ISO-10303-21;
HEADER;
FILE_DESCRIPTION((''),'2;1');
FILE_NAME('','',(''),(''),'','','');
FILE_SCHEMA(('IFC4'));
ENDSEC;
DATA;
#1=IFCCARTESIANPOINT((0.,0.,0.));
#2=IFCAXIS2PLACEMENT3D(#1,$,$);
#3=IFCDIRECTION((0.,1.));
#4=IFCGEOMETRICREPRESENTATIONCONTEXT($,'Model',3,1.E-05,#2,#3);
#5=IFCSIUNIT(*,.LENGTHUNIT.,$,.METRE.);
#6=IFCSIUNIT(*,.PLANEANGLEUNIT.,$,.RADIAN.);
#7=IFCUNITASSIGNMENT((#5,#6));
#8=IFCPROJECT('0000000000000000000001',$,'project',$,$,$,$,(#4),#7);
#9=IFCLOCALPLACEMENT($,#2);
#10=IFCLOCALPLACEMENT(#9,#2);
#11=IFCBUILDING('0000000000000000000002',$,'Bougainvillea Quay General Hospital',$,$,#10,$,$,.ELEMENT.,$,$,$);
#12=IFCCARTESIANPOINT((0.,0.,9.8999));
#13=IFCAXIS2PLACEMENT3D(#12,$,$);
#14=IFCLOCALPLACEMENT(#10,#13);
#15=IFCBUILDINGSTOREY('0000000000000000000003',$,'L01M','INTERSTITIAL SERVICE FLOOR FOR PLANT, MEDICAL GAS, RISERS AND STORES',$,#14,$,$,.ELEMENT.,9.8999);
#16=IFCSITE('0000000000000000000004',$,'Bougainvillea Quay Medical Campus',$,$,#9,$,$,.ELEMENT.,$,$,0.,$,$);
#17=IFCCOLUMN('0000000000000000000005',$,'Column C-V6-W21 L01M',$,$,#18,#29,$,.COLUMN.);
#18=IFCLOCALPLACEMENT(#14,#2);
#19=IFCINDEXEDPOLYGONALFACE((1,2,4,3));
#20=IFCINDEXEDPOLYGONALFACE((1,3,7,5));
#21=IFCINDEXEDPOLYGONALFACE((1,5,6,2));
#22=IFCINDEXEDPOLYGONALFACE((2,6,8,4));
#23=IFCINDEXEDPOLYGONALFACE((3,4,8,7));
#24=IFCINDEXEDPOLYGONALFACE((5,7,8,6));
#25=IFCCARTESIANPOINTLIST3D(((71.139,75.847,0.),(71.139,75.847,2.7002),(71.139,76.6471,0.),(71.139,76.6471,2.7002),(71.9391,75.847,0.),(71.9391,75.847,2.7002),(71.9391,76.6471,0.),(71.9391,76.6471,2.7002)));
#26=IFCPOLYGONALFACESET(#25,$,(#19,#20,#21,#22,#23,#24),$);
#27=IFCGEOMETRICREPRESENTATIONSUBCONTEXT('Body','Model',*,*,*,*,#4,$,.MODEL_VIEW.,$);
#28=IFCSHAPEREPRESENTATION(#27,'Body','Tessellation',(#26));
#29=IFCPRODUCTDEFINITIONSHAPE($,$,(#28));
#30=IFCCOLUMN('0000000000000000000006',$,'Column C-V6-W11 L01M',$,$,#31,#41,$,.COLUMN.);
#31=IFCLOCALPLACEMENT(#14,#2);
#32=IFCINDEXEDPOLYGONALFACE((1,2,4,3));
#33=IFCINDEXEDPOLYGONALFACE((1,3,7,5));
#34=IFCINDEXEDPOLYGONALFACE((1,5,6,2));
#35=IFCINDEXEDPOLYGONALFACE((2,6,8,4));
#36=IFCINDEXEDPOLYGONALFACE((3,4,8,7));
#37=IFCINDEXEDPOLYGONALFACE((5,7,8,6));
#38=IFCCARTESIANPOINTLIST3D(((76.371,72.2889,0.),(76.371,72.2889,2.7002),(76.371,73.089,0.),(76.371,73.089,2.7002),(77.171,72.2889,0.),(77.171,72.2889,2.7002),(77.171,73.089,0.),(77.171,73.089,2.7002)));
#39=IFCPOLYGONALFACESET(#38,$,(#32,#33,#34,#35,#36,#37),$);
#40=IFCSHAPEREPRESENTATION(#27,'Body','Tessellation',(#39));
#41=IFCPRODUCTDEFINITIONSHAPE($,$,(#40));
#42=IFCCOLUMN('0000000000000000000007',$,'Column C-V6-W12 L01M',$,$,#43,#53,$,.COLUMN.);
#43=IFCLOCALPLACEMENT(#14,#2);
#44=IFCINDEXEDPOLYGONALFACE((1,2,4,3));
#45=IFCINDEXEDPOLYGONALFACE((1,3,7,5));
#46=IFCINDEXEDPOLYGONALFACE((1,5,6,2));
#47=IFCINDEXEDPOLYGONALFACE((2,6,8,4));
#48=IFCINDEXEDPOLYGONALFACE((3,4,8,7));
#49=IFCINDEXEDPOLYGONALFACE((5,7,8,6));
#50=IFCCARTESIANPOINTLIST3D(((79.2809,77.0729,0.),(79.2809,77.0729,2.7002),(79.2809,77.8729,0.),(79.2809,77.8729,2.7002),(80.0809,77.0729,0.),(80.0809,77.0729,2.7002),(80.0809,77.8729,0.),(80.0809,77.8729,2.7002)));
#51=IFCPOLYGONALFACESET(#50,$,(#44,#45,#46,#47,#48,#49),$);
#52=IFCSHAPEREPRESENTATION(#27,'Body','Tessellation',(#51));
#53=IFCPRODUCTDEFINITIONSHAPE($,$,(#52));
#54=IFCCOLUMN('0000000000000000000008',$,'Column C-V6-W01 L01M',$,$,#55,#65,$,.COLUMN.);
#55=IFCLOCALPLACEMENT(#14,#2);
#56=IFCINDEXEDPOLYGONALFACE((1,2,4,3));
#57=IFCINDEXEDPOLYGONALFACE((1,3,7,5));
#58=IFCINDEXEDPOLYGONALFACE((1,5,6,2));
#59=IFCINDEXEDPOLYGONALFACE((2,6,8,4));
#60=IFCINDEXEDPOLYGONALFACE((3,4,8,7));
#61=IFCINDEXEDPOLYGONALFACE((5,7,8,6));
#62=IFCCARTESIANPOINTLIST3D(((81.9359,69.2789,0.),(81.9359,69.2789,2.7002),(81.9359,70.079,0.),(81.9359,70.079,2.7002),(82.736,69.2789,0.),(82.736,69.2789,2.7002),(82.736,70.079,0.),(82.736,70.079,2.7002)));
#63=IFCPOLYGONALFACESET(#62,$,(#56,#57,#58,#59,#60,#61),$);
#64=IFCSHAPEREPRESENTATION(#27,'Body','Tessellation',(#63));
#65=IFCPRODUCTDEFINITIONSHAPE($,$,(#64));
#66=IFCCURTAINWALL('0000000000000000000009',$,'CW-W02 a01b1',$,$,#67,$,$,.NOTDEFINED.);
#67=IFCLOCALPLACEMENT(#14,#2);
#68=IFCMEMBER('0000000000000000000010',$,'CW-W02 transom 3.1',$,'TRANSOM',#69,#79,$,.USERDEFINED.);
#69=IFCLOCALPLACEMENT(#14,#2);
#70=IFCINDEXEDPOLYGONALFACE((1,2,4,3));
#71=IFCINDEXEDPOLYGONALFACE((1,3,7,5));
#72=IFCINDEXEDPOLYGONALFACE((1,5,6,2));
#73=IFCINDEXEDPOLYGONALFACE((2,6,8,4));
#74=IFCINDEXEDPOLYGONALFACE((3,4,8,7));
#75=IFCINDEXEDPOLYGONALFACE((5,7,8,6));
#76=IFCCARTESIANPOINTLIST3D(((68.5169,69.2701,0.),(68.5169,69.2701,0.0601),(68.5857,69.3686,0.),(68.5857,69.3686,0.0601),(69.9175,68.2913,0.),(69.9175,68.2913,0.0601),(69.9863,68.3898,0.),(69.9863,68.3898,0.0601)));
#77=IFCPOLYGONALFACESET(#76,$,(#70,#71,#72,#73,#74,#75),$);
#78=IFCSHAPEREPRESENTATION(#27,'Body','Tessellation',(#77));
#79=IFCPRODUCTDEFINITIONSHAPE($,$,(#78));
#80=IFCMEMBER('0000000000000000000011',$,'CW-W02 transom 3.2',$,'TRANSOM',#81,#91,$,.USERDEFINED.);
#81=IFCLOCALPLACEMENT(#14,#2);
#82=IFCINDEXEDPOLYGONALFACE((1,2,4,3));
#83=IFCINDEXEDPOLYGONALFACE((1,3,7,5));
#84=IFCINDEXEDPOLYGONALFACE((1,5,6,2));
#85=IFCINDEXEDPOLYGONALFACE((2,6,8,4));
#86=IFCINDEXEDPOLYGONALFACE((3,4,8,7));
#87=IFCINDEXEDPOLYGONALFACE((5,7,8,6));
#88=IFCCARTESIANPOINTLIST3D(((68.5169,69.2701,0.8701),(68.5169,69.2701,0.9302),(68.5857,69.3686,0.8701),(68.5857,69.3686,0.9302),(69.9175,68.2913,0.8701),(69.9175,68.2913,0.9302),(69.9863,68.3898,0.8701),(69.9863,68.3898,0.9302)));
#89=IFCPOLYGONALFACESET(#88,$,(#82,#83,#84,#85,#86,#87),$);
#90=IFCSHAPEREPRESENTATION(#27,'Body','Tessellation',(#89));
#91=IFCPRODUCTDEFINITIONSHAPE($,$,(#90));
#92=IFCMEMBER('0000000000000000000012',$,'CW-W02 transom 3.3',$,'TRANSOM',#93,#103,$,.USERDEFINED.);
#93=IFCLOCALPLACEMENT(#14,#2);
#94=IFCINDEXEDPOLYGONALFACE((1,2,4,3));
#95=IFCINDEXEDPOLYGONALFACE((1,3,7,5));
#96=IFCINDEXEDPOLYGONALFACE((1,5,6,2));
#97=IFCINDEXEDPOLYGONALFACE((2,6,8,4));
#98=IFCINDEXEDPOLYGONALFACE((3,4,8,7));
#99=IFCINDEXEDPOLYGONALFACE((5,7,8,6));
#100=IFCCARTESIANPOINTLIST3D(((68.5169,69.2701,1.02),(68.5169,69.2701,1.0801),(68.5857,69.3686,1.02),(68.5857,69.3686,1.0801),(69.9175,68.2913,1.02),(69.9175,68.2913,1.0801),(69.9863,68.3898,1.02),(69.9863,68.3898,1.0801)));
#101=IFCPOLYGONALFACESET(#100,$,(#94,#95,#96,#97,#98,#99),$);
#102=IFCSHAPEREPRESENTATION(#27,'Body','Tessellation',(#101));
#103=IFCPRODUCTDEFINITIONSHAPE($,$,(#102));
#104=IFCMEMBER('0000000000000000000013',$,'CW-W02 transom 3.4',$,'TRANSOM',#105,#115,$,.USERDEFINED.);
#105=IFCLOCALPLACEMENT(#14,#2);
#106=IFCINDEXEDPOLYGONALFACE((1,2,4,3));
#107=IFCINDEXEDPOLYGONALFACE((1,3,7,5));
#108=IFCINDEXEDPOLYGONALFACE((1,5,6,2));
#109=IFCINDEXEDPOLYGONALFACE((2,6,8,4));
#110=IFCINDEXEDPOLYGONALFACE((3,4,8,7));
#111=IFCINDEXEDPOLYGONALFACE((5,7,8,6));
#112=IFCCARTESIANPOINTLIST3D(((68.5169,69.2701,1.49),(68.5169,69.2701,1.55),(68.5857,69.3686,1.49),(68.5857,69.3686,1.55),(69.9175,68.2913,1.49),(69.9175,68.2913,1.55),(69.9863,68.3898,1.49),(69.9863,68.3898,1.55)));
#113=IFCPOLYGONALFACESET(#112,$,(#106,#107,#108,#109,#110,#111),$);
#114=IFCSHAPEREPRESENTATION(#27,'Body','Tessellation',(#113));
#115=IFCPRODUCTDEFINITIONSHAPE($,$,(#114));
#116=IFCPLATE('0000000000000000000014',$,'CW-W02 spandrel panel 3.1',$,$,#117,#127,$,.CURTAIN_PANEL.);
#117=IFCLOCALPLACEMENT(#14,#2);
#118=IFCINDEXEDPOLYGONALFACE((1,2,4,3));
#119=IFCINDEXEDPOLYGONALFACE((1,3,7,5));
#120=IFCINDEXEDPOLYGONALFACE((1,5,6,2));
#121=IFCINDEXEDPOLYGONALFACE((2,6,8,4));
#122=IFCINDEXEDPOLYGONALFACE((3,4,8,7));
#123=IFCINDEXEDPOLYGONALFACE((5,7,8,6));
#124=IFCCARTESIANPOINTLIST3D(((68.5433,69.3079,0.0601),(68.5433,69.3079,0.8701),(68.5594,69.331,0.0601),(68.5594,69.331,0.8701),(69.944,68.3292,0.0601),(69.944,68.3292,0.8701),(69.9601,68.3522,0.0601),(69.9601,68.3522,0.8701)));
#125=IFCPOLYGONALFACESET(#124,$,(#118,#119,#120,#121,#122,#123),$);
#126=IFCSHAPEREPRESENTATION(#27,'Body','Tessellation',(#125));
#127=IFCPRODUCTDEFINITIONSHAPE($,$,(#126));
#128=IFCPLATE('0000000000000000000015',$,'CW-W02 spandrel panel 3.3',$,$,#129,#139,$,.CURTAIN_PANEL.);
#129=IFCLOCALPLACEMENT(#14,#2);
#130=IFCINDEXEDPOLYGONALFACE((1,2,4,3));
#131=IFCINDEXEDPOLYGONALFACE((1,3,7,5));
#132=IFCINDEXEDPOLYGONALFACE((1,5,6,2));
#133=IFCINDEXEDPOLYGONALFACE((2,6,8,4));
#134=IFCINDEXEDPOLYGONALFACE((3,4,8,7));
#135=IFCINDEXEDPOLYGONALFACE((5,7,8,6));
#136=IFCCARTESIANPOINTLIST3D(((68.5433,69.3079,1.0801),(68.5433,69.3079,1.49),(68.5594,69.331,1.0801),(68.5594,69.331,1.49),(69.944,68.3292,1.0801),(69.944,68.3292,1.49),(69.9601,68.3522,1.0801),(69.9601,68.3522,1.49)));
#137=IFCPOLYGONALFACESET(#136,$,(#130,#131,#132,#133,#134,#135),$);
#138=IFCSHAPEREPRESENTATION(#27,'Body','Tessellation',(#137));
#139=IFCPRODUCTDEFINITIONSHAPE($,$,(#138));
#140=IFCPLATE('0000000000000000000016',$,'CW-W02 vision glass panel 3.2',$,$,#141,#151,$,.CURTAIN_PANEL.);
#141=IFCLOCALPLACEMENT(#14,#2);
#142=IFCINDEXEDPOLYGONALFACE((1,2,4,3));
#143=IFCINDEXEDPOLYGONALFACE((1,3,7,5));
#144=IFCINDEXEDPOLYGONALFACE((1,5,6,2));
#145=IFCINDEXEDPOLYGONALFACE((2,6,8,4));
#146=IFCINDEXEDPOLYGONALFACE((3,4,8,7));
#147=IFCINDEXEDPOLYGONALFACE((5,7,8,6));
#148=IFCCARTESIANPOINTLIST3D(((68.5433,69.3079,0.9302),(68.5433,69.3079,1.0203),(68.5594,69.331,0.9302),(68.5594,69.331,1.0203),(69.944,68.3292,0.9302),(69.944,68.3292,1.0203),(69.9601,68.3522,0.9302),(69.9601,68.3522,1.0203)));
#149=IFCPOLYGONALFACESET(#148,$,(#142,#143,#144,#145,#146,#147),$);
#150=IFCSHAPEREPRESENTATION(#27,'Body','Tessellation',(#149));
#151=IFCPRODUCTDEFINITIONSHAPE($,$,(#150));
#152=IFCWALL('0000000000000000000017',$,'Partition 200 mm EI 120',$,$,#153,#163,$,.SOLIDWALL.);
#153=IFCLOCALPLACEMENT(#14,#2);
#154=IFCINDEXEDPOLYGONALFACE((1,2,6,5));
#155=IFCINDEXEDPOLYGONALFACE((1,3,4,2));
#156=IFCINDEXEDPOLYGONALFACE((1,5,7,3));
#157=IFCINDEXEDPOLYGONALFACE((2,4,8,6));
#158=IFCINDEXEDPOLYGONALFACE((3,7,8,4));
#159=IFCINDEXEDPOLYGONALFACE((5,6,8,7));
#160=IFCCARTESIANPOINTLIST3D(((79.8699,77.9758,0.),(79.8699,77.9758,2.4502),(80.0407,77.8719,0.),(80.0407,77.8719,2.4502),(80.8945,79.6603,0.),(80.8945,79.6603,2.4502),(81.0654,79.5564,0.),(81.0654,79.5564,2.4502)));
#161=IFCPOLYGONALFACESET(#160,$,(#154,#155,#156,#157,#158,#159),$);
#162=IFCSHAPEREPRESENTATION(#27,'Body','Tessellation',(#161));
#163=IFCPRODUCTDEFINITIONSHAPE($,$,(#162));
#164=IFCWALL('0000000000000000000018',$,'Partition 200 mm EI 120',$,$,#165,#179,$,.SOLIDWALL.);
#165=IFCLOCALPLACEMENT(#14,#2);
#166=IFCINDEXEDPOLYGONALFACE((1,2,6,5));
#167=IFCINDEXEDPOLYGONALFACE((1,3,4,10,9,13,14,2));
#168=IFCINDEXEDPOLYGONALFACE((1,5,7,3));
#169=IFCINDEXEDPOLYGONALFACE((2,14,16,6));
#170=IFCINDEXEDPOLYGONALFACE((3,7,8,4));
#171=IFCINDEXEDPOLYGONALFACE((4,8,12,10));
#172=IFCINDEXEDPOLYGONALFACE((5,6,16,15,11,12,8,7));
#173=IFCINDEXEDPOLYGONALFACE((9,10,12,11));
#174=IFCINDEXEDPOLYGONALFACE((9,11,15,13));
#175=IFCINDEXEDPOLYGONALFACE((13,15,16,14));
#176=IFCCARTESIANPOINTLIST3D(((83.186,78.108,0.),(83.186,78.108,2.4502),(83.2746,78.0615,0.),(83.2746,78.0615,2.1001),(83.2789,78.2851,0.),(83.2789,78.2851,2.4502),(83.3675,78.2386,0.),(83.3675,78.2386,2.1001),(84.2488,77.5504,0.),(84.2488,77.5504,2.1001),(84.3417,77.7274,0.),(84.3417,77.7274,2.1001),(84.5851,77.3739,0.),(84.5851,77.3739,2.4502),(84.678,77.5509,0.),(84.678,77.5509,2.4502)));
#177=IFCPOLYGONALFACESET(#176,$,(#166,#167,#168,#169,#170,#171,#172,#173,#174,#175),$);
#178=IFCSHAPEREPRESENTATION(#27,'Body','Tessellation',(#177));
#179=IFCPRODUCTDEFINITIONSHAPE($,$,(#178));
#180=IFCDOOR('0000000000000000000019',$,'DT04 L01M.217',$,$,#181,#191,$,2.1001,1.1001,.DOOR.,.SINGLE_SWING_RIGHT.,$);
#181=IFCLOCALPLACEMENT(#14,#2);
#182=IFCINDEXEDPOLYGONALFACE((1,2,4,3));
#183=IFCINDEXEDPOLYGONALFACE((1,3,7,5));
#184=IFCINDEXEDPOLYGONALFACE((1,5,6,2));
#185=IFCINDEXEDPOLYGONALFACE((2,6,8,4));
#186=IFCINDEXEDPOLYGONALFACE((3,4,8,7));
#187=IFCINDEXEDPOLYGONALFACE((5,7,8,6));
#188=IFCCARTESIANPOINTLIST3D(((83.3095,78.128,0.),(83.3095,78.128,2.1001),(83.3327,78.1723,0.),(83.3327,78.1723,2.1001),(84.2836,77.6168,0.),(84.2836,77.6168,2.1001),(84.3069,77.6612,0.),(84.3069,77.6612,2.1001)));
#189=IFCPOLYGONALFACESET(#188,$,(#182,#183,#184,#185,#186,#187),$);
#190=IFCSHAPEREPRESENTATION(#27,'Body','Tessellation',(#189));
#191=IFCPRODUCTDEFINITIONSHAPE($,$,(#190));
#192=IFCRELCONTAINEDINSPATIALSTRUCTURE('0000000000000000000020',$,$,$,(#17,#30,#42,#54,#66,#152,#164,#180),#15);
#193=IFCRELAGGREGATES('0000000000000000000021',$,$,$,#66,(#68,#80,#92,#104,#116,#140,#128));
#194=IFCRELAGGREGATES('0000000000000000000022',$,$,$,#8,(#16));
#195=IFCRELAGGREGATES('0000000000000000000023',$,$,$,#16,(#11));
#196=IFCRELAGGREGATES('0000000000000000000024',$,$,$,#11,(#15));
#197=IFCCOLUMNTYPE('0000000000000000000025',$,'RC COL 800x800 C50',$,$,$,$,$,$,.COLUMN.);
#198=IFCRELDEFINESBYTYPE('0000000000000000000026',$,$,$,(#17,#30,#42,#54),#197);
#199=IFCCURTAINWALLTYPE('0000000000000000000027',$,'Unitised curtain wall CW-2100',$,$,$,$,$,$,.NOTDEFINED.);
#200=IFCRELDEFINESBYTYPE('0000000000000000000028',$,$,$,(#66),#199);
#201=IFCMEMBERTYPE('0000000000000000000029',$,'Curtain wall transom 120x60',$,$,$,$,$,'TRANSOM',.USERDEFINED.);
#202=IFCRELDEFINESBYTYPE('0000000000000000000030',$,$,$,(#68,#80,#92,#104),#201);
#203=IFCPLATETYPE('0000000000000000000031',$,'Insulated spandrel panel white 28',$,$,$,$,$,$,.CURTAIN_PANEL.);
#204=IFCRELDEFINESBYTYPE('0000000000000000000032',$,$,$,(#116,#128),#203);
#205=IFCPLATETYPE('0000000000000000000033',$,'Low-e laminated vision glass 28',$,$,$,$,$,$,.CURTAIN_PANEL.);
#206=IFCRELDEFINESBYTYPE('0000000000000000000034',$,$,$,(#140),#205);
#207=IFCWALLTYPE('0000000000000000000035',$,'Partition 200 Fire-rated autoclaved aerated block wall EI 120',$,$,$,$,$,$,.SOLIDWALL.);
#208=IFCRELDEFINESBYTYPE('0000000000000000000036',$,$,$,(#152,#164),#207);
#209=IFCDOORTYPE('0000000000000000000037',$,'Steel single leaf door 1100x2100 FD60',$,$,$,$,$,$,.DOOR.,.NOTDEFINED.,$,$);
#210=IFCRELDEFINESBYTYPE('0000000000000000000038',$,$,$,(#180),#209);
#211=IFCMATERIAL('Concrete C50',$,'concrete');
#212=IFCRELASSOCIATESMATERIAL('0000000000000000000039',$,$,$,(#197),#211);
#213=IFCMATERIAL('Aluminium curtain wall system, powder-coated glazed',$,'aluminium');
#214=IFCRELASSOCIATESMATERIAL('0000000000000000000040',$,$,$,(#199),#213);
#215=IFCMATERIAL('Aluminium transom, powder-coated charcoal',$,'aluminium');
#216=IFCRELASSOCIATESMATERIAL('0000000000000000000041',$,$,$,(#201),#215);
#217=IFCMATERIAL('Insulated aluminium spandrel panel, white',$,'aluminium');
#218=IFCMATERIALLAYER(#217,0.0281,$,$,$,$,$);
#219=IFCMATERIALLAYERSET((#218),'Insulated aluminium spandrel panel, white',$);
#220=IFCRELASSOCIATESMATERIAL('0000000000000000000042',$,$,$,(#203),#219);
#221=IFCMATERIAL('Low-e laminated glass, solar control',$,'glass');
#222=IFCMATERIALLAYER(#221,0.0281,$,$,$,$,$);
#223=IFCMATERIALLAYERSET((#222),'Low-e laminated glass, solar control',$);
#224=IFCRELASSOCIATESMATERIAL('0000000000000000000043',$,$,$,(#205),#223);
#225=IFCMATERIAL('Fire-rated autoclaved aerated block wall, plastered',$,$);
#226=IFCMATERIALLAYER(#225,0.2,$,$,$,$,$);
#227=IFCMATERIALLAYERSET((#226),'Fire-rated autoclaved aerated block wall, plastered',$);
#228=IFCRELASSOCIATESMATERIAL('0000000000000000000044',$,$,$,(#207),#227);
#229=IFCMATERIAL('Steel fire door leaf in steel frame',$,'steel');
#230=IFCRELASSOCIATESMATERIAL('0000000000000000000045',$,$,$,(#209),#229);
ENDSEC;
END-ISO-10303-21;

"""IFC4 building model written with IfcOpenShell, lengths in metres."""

from ifc_helpers import new_model, si_unit, direction, frame, frame_2d, origin, origin_2d, place, context, subcontext, project, spatial, rectangle, extrude, material, layer, layer_set, material_profile, profile_set, type_object, element, fill, aggregate, save


model = new_model("IFC4")

# Units and contexts
model_context = context("Model", 3, precision=1e-05, world=origin(), true_north=direction((0.0, 1.0)))
body_context = subcontext(model_context, "Body", "Model", "MODEL_VIEW")
ifc_project = project(units=[si_unit("LENGTHUNIT", "METRE"), si_unit("PLANEANGLEUNIT", "RADIAN")], contexts=[model_context])

# Site, building, storey
site_placement = place(None, origin())
site = spatial("IfcSite", under=ifc_project, at=site_placement, Name="Bougainvillea Quay Medical Campus", CompositionType="ELEMENT", RefElevation=0.0)
building_placement = place(site_placement, origin())
building = spatial("IfcBuilding", under=site, at=building_placement, Name="Bougainvillea Quay General Hospital", CompositionType="ELEMENT")
storey_placement = place(building_placement, frame((0.0, 0.0, 9.8999)))
storey = spatial("IfcBuildingStorey", under=building, at=storey_placement, Name="L01M", Description="INTERSTITIAL SERVICE FLOOR FOR PLANT, MEDICAL GAS, RISERS AND STORES", CompositionType="ELEMENT", Elevation=9.8999)

# Columns
ifc_material_1 = material(Name="Concrete C50", Category="concrete")
ifc_material_profile_1 = material_profile(ifc_material_1, rectangle(XDim=0.8, YDim=0.8, at=origin_2d()))
ifc_profile_set_1 = profile_set([ifc_material_profile_1], Name="Concrete C50")
column_type = type_object("IfcColumnType", Name="RC COL 800x800 C50", PredefinedType="COLUMN", material=ifc_profile_set_1)
for number, where, z_axis, x_axis, name in (
    (1, (71.5391, 76.2471, 0.0), (0.0, 0.0, 1.0), (1.0, 0.0, 0.0), "Column C-V6-W21 L01M"),
    (2, (76.771, 72.689, 0.0), (0.0, 0.0, 1.0), (1.0, 0.0, 0.0), "Column C-V6-W11 L01M"),
    (3, (79.6809, 77.4729, 0.0), (0.0, 0.0, 1.0), (1.0, 0.0, 0.0), "Column C-V6-W12 L01M"),
    (4, (82.3359, 69.679, 0.0), (0.0, 0.0, 1.0), (1.0, 0.0, 0.0), "Column C-V6-W01 L01M"),
):
    element("IfcColumn", number, at=place(storey_placement, frame(where, z_axis=z_axis, x_axis=x_axis)), inside=storey, type_object=column_type, Name=name, PredefinedType="COLUMN", context=body_context, shape_type="SweptSolid", body=[
        extrude(rectangle(XDim=0.8, YDim=0.8, at=origin_2d()), origin(), (0.0, 0.0, 1.0), 2.7002),
    ])

# Curtain wall, members, plates
ifc_material_2 = material(Name="Aluminium curtain wall system, powder-coated glazed", Category="aluminium")
curtain_wall_type = type_object("IfcCurtainWallType", Name="Unitised curtain wall CW-2100", PredefinedType="NOTDEFINED", material=ifc_material_2)
curtain_wall_placement = place(storey_placement, origin())
curtain_wall = element("IfcCurtainWall", 5, at=curtain_wall_placement, inside=storey, type_object=curtain_wall_type, Name="CW-W02 a01b1", PredefinedType="NOTDEFINED")
ifc_material_3 = material(Name="Aluminium transom, powder-coated charcoal", Category="aluminium")
ifc_material_profile_2 = material_profile(ifc_material_3, rectangle(XDim=0.1201, YDim=0.0601, at=origin_2d()))
ifc_profile_set_2 = profile_set([ifc_material_profile_2], Name="Aluminium transom, powder-coated charcoal")
member_type = type_object("IfcMemberType", Name="Curtain wall transom 120x60", ElementType="TRANSOM", PredefinedType="USERDEFINED", material=ifc_profile_set_2)
member_1_placement = place(storey_placement, frame((69.9519, 68.3406, 0.03), z_axis=(-0.819695, 0.572801, 0.0), x_axis=(-0.572801, -0.819695, 0.0)))
member_1 = element("IfcMember", 6, at=member_1_placement, type_object=member_type, Name="CW-W02 transom 3.1", ObjectType="TRANSOM", PredefinedType="USERDEFINED", context=body_context, shape_type="SweptSolid", body=[
    extrude(rectangle(XDim=0.1201, YDim=0.0601, at=origin_2d()), origin(), (0.0, 0.0, 1.0), 1.7087),
])
member_2_placement = place(storey_placement, frame((69.9519, 68.3406, 0.9001), z_axis=(-0.819695, 0.572801, 0.0), x_axis=(-0.572801, -0.819695, 0.0)))
member_2 = element("IfcMember", 7, at=member_2_placement, type_object=member_type, Name="CW-W02 transom 3.2", ObjectType="TRANSOM", PredefinedType="USERDEFINED", context=body_context, shape_type="SweptSolid", body=[
    extrude(rectangle(XDim=0.1201, YDim=0.0601, at=origin_2d()), origin(), (0.0, 0.0, 1.0), 1.7087),
])
member_3_placement = place(storey_placement, frame((69.9519, 68.3406, 1.05), z_axis=(-0.819695, 0.572801, 0.0), x_axis=(-0.572801, -0.819695, 0.0)))
member_3 = element("IfcMember", 8, at=member_3_placement, type_object=member_type, Name="CW-W02 transom 3.3", ObjectType="TRANSOM", PredefinedType="USERDEFINED", context=body_context, shape_type="SweptSolid", body=[
    extrude(rectangle(XDim=0.1201, YDim=0.0601, at=origin_2d()), origin(), (0.0, 0.0, 1.0), 1.7087),
])
member_4_placement = place(storey_placement, frame((69.9519, 68.3406, 1.52), z_axis=(-0.819695, 0.572801, 0.0), x_axis=(-0.572801, -0.819695, 0.0)))
member_4 = element("IfcMember", 9, at=member_4_placement, type_object=member_type, Name="CW-W02 transom 3.4", ObjectType="TRANSOM", PredefinedType="USERDEFINED", context=body_context, shape_type="SweptSolid", body=[
    extrude(rectangle(XDim=0.1201, YDim=0.0601, at=origin_2d()), origin(), (0.0, 0.0, 1.0), 1.7087),
])
ifc_material_4 = material(Name="Insulated aluminium spandrel panel, white", Category="aluminium")
ifc_layer_1 = layer(ifc_material_4, 0.0281)
ifc_layer_set_1 = layer_set([ifc_layer_1], Name="Insulated aluminium spandrel panel, white")
plate_type_1 = type_object("IfcPlateType", Name="Insulated spandrel panel white 28", PredefinedType="CURTAIN_PANEL", material=ifc_layer_set_1)
plate_1_placement = place(storey_placement, frame((69.2517, 68.8301, 0.0601), z_axis=(0.0, 0.0, 1.0), x_axis=(-0.819707, 0.572783, 0.0)))
plate_1 = element("IfcPlate", 10, at=plate_1_placement, type_object=plate_type_1, Name="CW-W02 spandrel panel 3.1", PredefinedType="CURTAIN_PANEL", context=body_context, shape_type="SweptSolid", body=[
    extrude(rectangle(XDim=1.7087, YDim=0.0281, at=origin_2d()), origin(), (0.0, 0.0, 1.0), 0.8101),
])
plate_2_placement = place(storey_placement, frame((69.2517, 68.8301, 1.0801), z_axis=(0.0, 0.0, 1.0), x_axis=(-0.819707, 0.572783, 0.0)))
plate_2 = element("IfcPlate", 11, at=plate_2_placement, type_object=plate_type_1, Name="CW-W02 spandrel panel 3.3", PredefinedType="CURTAIN_PANEL", context=body_context, shape_type="SweptSolid", body=[
    extrude(rectangle(XDim=1.7087, YDim=0.0281, at=origin_2d()), origin(), (0.0, 0.0, 1.0), 0.4099),
])
ifc_material_5 = material(Name="Low-e laminated glass, solar control", Category="glass")
ifc_layer_2 = layer(ifc_material_5, 0.0281)
ifc_layer_set_2 = layer_set([ifc_layer_2], Name="Low-e laminated glass, solar control")
plate_type_2 = type_object("IfcPlateType", Name="Low-e laminated vision glass 28", PredefinedType="CURTAIN_PANEL", material=ifc_layer_set_2)
plate_3_placement = place(storey_placement, frame((69.2517, 68.8301, 0.9302), z_axis=(0.0, 0.0, 1.0), x_axis=(-0.819707, 0.572783, 0.0)))
plate_3 = element("IfcPlate", 12, at=plate_3_placement, type_object=plate_type_2, Name="CW-W02 vision glass panel 3.2", PredefinedType="CURTAIN_PANEL", context=body_context, shape_type="SweptSolid", body=[
    extrude(rectangle(XDim=1.7087, YDim=0.0281, at=origin_2d()), origin(), (0.0, 0.0, 1.0), 0.0901),
])
aggregate(curtain_wall, [member_1, member_2, member_3, member_4, plate_1, plate_3, plate_2])

# Wall
ifc_material_6 = material(Name="Fire-rated autoclaved aerated block wall, plastered")
ifc_layer_3 = layer(ifc_material_6, 0.2)
ifc_layer_set_3 = layer_set([ifc_layer_3], Name="Fire-rated autoclaved aerated block wall, plastered")
wall_type_1 = type_object("IfcWallType", Name="Partition 200 Fire-rated autoclaved aerated block wall EI 120", PredefinedType="SOLIDWALL", material=ifc_layer_set_3)
wall_1_placement = place(storey_placement, frame((79.9553, 77.9238, 0.0), z_axis=(0.0, 0.0, 1.0), x_axis=(0.519676, 0.854363, 0.0)))
element("IfcWall", 13, at=wall_1_placement, inside=storey, type_object=wall_type_1, Name="Partition 200 mm EI 120", PredefinedType="SOLIDWALL", context=body_context, shape_type="SweptSolid", body=[
    extrude(rectangle(XDim=1.9717, YDim=0.2, at=frame_2d((0.9858, 0.0))), origin(), (0.0, 0.0, 1.0), 2.4502),
])

# Wall, opening, door
wall_2_placement = place(storey_placement, frame((83.2324, 78.1965, 0.0), z_axis=(0.0, 0.0, 1.0), x_axis=(0.885511, -0.464619, 0.0)))
wall_2 = element("IfcWall", 14, at=wall_2_placement, inside=storey, type_object=wall_type_1, Name="Partition 200 mm EI 120", PredefinedType="SOLIDWALL", context=body_context, shape_type="SweptSolid", body=[
    extrude(rectangle(XDim=1.5801, YDim=0.2, at=frame_2d((0.79, 0.0))), origin(), (0.0, 0.0, 1.0), 2.4502),
])
opening_placement = place(wall_2_placement, frame((0.1001, 0.0, 0.0)))
opening = element("IfcOpeningElement", 15, at=opening_placement, cuts=wall_2, PredefinedType="OPENING", context=body_context, shape_type="SweptSolid", body=[
    extrude(rectangle(XDim=1.1001, YDim=2.1001, at=frame_2d((0.55, 1.05))), frame((0.0, 0.1099, 0.0), z_axis=(0.0, -1.0, 0.0), x_axis=(1.0, 0.0, 0.0)), (0.0, 0.0, 1.0), 0.22),
])
ifc_material_7 = material(Name="Steel fire door leaf in steel frame", Category="steel")
door_type = type_object("IfcDoorType", Name="Steel single leaf door 1100x2100 FD60", OperationType="NOTDEFINED", PredefinedType="DOOR", material=ifc_material_7)
door_placement = place(opening_placement, frame((1.1001, 0.0, 0.0), z_axis=(0.0, 0.0, 1.0), x_axis=(-1.0, 0.0, 0.0)))
door = element("IfcDoor", 16, at=door_placement, inside=storey, type_object=door_type, Name="DT04 L01M.217", OperationType="SINGLE_SWING_RIGHT", OverallHeight=2.1001, OverallWidth=1.1001, PredefinedType="DOOR", context=body_context, shape_type="SweptSolid", body=[
    extrude(rectangle(XDim=1.1001, YDim=2.1001, at=frame_2d((0.55, 1.05))), frame((0.0, 0.0249, 0.0), z_axis=(0.0, -1.0, 0.0), x_axis=(1.0, 0.0, 0.0)), (0.0, 0.0, 1.0), 0.05),
])
fill(opening, door)

save(model, "model.ifc")
